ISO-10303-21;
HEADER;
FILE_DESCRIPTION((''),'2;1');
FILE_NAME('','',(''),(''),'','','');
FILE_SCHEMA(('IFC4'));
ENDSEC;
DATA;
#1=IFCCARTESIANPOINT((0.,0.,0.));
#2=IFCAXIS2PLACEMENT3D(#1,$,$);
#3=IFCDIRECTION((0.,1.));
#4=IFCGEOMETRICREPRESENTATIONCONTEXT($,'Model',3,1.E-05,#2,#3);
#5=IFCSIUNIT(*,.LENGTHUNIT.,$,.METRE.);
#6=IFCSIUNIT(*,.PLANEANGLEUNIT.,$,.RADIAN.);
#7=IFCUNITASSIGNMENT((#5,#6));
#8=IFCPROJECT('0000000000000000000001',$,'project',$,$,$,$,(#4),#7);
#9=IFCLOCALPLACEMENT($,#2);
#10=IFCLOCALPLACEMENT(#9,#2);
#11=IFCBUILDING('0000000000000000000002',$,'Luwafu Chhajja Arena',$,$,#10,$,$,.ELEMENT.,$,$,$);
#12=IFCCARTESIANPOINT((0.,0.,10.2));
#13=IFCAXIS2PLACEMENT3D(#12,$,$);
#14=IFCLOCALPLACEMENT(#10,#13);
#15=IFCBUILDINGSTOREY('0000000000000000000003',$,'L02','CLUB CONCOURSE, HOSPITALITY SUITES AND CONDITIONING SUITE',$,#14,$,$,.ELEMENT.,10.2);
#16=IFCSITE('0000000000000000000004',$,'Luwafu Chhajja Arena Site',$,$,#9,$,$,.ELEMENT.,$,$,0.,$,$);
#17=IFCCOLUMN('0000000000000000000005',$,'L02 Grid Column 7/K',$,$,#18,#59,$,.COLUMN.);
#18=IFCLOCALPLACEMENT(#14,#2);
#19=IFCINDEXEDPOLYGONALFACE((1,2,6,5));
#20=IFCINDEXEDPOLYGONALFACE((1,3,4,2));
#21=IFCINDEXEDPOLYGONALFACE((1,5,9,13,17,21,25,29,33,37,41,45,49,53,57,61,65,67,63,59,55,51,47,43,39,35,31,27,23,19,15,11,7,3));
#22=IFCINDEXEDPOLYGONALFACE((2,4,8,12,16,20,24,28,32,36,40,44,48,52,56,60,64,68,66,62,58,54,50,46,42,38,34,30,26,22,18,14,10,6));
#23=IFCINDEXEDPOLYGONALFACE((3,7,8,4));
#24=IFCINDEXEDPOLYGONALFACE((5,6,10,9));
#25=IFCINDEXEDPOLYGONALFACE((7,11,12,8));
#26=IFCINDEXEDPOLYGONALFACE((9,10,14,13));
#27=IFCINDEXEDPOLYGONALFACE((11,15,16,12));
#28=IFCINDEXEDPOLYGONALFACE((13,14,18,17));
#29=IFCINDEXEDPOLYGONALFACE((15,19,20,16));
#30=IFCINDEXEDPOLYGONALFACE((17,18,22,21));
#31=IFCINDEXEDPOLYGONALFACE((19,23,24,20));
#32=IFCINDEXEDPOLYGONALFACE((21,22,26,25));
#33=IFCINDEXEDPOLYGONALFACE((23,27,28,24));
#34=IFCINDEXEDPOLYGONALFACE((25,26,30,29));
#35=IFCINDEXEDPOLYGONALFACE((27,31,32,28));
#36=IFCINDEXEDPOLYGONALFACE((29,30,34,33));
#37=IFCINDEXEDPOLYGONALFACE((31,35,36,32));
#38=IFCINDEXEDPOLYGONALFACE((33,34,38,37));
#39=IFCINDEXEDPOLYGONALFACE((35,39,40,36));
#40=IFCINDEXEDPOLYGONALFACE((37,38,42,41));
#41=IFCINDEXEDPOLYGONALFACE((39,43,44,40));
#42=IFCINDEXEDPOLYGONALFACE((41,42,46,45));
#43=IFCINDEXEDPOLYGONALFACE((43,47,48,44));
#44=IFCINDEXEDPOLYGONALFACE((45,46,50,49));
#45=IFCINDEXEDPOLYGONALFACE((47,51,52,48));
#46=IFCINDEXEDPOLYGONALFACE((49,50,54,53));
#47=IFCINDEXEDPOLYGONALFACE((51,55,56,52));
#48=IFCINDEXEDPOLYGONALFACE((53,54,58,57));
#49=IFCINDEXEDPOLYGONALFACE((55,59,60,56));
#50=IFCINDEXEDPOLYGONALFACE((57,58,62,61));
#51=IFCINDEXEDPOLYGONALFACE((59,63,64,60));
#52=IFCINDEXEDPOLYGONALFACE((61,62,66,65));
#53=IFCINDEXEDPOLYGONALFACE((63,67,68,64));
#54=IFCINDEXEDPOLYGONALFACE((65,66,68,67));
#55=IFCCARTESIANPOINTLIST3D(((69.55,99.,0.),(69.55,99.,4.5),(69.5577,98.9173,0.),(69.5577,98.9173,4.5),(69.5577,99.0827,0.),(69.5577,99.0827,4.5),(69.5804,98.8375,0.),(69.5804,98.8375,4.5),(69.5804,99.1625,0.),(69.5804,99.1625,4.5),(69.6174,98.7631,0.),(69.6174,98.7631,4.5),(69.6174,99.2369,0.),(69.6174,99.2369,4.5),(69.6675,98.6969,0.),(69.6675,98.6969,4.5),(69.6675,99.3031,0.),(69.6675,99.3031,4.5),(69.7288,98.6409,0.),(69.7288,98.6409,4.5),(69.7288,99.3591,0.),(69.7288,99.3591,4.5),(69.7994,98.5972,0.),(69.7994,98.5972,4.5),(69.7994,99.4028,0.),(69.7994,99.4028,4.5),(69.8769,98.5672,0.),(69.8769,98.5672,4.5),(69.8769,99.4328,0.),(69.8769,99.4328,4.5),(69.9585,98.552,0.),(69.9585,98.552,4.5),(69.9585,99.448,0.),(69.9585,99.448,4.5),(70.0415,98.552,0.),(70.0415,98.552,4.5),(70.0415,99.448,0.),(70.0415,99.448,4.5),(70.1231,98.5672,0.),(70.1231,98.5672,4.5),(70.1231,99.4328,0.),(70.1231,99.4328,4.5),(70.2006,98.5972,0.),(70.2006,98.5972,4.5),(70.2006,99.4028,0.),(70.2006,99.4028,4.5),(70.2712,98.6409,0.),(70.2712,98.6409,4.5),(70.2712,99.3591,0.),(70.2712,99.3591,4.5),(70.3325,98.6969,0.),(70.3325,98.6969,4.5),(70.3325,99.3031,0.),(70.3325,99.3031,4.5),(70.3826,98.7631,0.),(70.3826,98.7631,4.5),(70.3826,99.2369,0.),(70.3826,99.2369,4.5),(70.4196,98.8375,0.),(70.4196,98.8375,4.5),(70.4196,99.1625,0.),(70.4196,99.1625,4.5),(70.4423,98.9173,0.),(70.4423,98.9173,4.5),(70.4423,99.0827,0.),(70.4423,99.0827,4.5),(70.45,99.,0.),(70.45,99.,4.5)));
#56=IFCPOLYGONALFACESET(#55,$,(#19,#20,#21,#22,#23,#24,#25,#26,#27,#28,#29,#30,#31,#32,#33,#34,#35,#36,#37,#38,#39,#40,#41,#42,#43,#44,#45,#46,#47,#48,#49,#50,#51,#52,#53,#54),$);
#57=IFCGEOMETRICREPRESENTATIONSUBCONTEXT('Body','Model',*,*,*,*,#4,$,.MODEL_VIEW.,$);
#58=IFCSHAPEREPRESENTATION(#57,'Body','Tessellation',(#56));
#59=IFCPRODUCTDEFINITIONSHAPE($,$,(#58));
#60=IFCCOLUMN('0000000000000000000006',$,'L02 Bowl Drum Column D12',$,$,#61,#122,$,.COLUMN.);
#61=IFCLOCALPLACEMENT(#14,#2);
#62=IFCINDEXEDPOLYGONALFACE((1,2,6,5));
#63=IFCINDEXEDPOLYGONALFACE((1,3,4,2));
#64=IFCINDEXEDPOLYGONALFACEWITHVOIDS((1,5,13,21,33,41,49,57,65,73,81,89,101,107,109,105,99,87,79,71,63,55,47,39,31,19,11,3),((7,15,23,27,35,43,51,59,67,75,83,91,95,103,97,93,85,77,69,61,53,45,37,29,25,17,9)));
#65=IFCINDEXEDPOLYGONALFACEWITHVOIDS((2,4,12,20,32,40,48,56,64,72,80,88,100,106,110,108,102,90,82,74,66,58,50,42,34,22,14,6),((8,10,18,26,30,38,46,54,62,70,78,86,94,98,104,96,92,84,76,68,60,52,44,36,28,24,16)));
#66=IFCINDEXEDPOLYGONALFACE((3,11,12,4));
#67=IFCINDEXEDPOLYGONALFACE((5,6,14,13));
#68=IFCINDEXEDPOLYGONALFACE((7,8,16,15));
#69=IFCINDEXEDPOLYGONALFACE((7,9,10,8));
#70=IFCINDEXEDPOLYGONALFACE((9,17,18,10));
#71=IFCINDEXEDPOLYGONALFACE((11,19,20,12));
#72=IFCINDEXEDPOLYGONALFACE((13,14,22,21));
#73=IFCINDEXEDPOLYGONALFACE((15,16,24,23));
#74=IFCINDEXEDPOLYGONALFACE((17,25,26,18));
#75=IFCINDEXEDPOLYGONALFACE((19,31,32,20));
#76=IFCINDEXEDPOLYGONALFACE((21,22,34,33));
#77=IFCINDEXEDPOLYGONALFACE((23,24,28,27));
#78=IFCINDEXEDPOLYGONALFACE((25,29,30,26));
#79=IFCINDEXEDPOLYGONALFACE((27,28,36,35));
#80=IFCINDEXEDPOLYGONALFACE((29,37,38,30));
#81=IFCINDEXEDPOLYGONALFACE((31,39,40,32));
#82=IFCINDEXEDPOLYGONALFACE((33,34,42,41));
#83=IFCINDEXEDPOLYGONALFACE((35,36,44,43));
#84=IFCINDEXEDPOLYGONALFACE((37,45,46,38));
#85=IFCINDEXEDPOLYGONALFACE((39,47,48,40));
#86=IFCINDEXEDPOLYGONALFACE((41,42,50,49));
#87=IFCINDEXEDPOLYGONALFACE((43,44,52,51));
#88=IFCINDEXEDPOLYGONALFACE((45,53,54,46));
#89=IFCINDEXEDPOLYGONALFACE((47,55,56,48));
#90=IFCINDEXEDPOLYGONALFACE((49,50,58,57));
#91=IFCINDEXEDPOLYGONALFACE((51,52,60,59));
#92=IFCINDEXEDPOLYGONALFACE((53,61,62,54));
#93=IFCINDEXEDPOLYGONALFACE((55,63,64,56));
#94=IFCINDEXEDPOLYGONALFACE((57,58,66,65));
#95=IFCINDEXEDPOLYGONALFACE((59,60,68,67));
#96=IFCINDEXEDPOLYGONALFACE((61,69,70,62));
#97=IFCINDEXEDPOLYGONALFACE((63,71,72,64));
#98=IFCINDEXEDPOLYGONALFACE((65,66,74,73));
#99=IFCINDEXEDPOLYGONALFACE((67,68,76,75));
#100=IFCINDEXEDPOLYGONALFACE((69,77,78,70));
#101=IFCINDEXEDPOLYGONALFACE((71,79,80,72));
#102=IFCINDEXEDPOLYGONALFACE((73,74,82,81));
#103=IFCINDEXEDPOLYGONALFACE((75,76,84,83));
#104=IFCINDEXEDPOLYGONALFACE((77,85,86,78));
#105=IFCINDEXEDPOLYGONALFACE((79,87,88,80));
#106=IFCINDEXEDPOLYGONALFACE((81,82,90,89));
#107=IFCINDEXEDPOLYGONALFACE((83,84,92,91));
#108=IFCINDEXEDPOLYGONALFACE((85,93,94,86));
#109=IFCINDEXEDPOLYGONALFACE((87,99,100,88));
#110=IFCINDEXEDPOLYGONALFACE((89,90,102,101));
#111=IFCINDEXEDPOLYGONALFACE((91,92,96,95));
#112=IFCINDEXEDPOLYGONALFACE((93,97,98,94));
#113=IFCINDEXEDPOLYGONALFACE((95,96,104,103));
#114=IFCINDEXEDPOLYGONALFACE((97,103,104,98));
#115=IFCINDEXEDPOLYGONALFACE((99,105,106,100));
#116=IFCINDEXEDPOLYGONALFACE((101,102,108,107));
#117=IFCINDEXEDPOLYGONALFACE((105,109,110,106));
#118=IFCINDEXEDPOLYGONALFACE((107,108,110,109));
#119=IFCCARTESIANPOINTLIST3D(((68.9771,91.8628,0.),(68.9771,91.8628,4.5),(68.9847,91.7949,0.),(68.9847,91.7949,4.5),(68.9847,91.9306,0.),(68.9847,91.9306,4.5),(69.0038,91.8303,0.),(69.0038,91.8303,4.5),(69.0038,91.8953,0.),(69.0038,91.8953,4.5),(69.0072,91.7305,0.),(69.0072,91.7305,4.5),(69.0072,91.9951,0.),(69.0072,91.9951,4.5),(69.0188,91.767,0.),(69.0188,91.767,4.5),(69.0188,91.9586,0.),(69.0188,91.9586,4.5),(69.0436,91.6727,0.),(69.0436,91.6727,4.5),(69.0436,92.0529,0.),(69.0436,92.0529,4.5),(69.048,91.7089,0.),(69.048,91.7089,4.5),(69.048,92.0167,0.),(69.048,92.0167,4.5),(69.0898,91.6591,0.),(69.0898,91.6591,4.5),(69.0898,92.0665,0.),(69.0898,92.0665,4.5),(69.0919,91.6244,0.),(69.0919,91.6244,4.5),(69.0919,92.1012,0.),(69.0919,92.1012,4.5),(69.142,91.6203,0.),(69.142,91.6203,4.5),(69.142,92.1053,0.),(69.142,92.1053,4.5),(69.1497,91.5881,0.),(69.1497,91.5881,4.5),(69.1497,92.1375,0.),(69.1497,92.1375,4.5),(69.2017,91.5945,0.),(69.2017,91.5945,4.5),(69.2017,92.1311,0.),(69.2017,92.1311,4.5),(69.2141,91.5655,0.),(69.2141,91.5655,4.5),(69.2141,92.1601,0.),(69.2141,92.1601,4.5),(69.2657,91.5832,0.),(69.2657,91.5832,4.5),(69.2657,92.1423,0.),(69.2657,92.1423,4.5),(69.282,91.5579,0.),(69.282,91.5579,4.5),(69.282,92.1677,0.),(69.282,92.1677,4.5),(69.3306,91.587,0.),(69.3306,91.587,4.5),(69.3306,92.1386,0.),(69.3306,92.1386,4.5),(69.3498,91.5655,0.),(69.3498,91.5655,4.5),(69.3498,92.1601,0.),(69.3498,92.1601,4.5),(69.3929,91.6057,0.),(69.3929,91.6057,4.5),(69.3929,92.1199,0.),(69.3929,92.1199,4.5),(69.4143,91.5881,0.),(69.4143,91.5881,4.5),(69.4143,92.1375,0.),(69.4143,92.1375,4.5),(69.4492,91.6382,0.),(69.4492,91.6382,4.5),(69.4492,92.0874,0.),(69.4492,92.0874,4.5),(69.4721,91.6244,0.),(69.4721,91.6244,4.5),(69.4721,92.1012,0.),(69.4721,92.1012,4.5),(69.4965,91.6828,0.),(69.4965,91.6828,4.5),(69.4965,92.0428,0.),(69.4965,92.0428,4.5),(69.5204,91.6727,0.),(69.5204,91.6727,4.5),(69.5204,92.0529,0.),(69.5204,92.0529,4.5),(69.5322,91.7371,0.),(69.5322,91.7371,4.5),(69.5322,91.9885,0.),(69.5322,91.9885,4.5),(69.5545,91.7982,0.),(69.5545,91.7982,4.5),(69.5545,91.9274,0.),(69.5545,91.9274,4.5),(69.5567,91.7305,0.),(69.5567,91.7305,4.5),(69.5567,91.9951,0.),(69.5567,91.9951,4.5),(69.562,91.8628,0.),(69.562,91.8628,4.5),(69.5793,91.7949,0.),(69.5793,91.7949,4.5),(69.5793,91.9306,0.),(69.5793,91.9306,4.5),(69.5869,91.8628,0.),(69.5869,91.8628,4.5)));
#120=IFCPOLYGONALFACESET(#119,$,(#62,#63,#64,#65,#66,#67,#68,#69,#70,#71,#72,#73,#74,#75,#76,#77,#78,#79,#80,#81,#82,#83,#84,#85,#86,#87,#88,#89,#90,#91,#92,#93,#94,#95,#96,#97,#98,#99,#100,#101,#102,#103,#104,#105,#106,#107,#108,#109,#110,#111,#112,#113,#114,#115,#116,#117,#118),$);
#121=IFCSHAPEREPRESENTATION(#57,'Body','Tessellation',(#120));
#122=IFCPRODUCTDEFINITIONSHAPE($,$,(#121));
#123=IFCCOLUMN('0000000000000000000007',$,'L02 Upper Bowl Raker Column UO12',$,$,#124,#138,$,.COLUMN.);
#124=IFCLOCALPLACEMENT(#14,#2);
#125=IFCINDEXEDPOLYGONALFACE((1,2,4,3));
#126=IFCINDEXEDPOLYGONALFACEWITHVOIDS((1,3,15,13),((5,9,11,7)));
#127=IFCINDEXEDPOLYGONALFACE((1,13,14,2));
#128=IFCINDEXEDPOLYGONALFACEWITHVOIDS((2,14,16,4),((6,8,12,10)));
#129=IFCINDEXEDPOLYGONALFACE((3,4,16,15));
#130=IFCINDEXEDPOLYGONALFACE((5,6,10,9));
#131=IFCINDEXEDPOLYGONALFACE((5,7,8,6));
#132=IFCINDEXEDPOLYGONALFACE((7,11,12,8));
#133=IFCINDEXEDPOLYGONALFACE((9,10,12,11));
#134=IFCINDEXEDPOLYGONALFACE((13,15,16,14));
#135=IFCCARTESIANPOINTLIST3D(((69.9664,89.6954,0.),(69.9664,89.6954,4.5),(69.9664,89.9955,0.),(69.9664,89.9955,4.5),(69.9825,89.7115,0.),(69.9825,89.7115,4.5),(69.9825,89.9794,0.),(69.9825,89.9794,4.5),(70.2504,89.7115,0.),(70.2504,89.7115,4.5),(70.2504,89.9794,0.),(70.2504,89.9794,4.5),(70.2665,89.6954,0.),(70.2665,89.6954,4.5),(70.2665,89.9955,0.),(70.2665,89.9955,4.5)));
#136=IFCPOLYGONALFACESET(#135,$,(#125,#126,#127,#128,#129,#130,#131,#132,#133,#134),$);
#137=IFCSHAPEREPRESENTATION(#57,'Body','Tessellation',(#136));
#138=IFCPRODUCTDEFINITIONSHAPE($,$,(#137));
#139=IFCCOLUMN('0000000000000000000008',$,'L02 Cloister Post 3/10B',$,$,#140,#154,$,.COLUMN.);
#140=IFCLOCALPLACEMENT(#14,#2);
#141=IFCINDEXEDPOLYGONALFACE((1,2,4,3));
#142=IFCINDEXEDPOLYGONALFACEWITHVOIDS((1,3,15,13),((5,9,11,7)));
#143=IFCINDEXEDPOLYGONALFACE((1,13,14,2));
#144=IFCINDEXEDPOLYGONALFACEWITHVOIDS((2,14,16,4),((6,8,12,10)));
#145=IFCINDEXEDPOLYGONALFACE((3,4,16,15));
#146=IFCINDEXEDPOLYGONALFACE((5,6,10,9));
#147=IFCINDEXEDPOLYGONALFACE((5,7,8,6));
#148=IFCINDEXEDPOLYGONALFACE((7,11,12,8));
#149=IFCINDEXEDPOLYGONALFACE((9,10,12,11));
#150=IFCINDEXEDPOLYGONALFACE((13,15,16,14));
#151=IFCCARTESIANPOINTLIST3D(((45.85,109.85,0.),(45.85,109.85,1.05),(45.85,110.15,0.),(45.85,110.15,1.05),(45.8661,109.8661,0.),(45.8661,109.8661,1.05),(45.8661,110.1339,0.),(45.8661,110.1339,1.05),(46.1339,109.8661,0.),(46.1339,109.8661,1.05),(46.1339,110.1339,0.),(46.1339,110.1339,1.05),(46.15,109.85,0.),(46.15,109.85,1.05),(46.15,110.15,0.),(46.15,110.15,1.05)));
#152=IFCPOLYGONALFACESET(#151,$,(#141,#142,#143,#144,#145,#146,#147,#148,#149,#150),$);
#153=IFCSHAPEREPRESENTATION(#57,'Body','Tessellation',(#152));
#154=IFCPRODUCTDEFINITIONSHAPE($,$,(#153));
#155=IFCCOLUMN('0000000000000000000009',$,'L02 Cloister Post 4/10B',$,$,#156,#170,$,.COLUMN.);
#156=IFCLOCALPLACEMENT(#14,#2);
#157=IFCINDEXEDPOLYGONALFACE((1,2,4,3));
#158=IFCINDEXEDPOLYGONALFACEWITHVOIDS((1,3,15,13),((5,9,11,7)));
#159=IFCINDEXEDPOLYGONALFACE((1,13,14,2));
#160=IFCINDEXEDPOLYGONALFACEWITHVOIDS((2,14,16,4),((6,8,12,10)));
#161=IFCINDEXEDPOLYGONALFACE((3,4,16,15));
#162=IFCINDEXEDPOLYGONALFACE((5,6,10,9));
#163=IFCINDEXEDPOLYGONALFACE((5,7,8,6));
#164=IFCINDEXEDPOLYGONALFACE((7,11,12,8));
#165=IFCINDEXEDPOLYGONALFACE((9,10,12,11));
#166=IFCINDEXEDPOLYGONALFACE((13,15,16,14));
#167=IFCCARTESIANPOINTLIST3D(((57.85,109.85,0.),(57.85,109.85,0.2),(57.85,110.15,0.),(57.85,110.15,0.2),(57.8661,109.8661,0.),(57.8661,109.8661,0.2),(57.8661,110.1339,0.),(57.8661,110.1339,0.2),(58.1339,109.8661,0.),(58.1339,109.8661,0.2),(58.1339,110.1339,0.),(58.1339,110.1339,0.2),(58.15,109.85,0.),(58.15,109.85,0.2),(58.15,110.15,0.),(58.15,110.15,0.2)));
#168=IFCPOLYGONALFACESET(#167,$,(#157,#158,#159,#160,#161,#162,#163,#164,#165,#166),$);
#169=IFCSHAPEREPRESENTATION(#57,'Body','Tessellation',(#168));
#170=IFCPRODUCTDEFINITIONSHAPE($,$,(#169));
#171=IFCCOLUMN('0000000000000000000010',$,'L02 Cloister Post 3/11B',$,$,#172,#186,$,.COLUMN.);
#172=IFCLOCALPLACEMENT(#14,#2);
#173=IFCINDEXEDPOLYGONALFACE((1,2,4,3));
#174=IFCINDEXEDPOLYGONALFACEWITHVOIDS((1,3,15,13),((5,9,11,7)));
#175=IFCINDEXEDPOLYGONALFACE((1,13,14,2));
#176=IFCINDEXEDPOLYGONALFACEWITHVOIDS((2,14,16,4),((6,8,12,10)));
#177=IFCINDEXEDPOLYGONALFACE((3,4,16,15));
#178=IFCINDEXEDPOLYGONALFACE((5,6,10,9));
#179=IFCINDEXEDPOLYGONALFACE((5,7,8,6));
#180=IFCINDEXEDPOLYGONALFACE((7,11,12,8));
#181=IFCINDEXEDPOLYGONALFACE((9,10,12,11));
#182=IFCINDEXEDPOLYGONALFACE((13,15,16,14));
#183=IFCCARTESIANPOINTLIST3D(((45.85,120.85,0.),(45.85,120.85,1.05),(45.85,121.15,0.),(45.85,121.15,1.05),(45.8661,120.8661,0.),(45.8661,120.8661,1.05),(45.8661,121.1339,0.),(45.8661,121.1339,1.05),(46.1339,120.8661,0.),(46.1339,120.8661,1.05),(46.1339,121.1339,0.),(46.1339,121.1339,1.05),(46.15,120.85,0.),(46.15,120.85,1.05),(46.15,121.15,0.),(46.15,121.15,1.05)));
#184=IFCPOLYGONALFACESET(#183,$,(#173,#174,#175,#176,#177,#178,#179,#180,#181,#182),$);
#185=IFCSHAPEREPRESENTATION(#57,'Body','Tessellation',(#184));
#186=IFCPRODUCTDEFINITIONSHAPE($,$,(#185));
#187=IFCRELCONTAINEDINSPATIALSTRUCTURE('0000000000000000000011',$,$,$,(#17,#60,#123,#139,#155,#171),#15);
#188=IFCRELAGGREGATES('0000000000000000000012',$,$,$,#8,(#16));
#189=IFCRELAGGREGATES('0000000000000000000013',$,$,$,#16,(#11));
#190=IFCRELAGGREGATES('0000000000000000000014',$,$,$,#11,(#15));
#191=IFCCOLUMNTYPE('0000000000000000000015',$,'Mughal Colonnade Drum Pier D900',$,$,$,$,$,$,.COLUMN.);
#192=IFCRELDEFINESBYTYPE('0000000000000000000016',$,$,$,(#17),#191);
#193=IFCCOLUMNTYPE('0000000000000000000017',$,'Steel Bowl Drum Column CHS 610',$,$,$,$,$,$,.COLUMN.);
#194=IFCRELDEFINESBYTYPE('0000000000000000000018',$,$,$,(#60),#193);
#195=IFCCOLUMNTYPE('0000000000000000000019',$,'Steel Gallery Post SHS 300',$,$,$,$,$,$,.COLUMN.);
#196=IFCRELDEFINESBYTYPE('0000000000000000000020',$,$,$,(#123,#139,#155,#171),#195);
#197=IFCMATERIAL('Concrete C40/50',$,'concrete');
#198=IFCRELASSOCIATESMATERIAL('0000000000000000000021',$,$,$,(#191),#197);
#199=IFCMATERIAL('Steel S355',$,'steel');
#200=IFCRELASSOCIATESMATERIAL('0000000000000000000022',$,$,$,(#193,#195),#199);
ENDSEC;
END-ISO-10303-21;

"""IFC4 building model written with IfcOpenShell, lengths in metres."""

from ifc_helpers import new_model, si_unit, direction, frame, origin, origin_2d, place, context, subcontext, project, spatial, hollow_rectangle, circle, hollow_circle, extrude, material, material_profile, profile_set, type_object, element, save


model = new_model("IFC4")

# Units and contexts
model_context = context("Model", 3, precision=1e-05, world=origin(), true_north=direction((0.0, 1.0)))
body_context = subcontext(model_context, "Body", "Model", "MODEL_VIEW")
ifc_project = project(units=[si_unit("LENGTHUNIT", "METRE"), si_unit("PLANEANGLEUNIT", "RADIAN")], contexts=[model_context])

# Site, building, storey
site_placement = place(None, origin())
site = spatial("IfcSite", under=ifc_project, at=site_placement, Name="Luwafu Chhajja Arena Site", CompositionType="ELEMENT", RefElevation=0.0)
building_placement = place(site_placement, origin())
building = spatial("IfcBuilding", under=site, at=building_placement, Name="Luwafu Chhajja Arena", CompositionType="ELEMENT")
storey_placement = place(building_placement, frame((0.0, 0.0, 10.2)))
storey = spatial("IfcBuildingStorey", under=building, at=storey_placement, Name="L02", Description="CLUB CONCOURSE, HOSPITALITY SUITES AND CONDITIONING SUITE", CompositionType="ELEMENT", Elevation=10.2)

# Columns
ifc_material_1 = material(Name="Concrete C40/50", Category="concrete")
ifc_material_profile_1 = material_profile(ifc_material_1, circle(Radius=0.45, at=origin_2d()), Name="RC COL D900")
ifc_profile_set_1 = profile_set([ifc_material_profile_1], Name="Concrete C40/50")
column_type_1 = type_object("IfcColumnType", Name="Mughal Colonnade Drum Pier D900", PredefinedType="COLUMN", material=ifc_profile_set_1)
column_1_placement = place(storey_placement, frame((70.0, 99.0, 0.0), z_axis=(0.0, 0.0, 1.0), x_axis=(1.0, 0.0, 0.0)))
element("IfcColumn", 1, at=column_1_placement, inside=storey, type_object=column_type_1, Name="L02 Grid Column 7/K", PredefinedType="COLUMN", context=body_context, shape_type="SweptSolid", body=[
    extrude(circle(Radius=0.45, at=origin_2d()), origin(), (0.0, 0.0, 1.0), 4.5),
])
ifc_material_2 = material(Name="Steel S355", Category="steel")
ifc_material_profile_2 = material_profile(ifc_material_2, hollow_circle(Radius=0.3049, WallThickness=0.0249, at=origin_2d()), Name="CHS 610x25")
ifc_profile_set_2 = profile_set([ifc_material_profile_2], Name="Steel S355")
column_type_2 = type_object("IfcColumnType", Name="Steel Bowl Drum Column CHS 610", PredefinedType="COLUMN", material=ifc_profile_set_2)
column_2_placement = place(storey_placement, frame((69.282, 91.8628, 0.0), z_axis=(0.0, 0.0, 1.0), x_axis=(1.0, 0.0, 0.0)))
element("IfcColumn", 2, at=column_2_placement, inside=storey, type_object=column_type_2, Name="L02 Bowl Drum Column D12", PredefinedType="COLUMN", context=body_context, shape_type="SweptSolid", body=[
    extrude(hollow_circle(Radius=0.3049, WallThickness=0.0249, at=origin_2d()), origin(), (0.0, 0.0, 1.0), 4.5),
])
ifc_material_profile_3 = material_profile(ifc_material_2, hollow_rectangle(XDim=0.3, YDim=0.3, WallThickness=0.0161, at=origin_2d()), Name="SHS 300x300x16")
ifc_profile_set_3 = profile_set([ifc_material_profile_3], Name="Steel S355")
column_type_3 = type_object("IfcColumnType", Name="Steel Gallery Post SHS 300", PredefinedType="COLUMN", material=ifc_profile_set_3)
column_3_placement = place(storey_placement, frame((70.1165, 89.8455, 0.0), z_axis=(0.0, 0.0, 1.0), x_axis=(1.0, 0.0, 0.0)))
element("IfcColumn", 3, at=column_3_placement, inside=storey, type_object=column_type_3, Name="L02 Upper Bowl Raker Column UO12", PredefinedType="COLUMN", context=body_context, shape_type="SweptSolid", body=[
    extrude(hollow_rectangle(XDim=0.3, YDim=0.3, WallThickness=0.0161, at=origin_2d()), origin(), (0.0, 0.0, 1.0), 4.5),
])
column_4_placement = place(storey_placement, frame((46.0, 110.0, 0.0), z_axis=(0.0, 0.0, 1.0), x_axis=(1.0, 0.0, 0.0)))
element("IfcColumn", 4, at=column_4_placement, inside=storey, type_object=column_type_3, Name="L02 Cloister Post 3/10B", PredefinedType="COLUMN", context=body_context, shape_type="SweptSolid", body=[
    extrude(hollow_rectangle(XDim=0.3, YDim=0.3, WallThickness=0.0161, at=origin_2d()), origin(), (0.0, 0.0, 1.0), 1.05),
])
column_5_placement = place(storey_placement, frame((58.0, 110.0, 0.0), z_axis=(0.0, 0.0, 1.0), x_axis=(1.0, 0.0, 0.0)))
element("IfcColumn", 5, at=column_5_placement, inside=storey, type_object=column_type_3, Name="L02 Cloister Post 4/10B", PredefinedType="COLUMN", context=body_context, shape_type="SweptSolid", body=[
    extrude(hollow_rectangle(XDim=0.3, YDim=0.3, WallThickness=0.0161, at=origin_2d()), origin(), (0.0, 0.0, 1.0), 0.2),
])
column_6_placement = place(storey_placement, frame((46.0, 121.0, 0.0), z_axis=(0.0, 0.0, 1.0), x_axis=(1.0, 0.0, 0.0)))
element("IfcColumn", 6, at=column_6_placement, inside=storey, type_object=column_type_3, Name="L02 Cloister Post 3/11B", PredefinedType="COLUMN", context=body_context, shape_type="SweptSolid", body=[
    extrude(hollow_rectangle(XDim=0.3, YDim=0.3, WallThickness=0.0161, at=origin_2d()), origin(), (0.0, 0.0, 1.0), 1.05),
])

save(model, "model.ifc")
